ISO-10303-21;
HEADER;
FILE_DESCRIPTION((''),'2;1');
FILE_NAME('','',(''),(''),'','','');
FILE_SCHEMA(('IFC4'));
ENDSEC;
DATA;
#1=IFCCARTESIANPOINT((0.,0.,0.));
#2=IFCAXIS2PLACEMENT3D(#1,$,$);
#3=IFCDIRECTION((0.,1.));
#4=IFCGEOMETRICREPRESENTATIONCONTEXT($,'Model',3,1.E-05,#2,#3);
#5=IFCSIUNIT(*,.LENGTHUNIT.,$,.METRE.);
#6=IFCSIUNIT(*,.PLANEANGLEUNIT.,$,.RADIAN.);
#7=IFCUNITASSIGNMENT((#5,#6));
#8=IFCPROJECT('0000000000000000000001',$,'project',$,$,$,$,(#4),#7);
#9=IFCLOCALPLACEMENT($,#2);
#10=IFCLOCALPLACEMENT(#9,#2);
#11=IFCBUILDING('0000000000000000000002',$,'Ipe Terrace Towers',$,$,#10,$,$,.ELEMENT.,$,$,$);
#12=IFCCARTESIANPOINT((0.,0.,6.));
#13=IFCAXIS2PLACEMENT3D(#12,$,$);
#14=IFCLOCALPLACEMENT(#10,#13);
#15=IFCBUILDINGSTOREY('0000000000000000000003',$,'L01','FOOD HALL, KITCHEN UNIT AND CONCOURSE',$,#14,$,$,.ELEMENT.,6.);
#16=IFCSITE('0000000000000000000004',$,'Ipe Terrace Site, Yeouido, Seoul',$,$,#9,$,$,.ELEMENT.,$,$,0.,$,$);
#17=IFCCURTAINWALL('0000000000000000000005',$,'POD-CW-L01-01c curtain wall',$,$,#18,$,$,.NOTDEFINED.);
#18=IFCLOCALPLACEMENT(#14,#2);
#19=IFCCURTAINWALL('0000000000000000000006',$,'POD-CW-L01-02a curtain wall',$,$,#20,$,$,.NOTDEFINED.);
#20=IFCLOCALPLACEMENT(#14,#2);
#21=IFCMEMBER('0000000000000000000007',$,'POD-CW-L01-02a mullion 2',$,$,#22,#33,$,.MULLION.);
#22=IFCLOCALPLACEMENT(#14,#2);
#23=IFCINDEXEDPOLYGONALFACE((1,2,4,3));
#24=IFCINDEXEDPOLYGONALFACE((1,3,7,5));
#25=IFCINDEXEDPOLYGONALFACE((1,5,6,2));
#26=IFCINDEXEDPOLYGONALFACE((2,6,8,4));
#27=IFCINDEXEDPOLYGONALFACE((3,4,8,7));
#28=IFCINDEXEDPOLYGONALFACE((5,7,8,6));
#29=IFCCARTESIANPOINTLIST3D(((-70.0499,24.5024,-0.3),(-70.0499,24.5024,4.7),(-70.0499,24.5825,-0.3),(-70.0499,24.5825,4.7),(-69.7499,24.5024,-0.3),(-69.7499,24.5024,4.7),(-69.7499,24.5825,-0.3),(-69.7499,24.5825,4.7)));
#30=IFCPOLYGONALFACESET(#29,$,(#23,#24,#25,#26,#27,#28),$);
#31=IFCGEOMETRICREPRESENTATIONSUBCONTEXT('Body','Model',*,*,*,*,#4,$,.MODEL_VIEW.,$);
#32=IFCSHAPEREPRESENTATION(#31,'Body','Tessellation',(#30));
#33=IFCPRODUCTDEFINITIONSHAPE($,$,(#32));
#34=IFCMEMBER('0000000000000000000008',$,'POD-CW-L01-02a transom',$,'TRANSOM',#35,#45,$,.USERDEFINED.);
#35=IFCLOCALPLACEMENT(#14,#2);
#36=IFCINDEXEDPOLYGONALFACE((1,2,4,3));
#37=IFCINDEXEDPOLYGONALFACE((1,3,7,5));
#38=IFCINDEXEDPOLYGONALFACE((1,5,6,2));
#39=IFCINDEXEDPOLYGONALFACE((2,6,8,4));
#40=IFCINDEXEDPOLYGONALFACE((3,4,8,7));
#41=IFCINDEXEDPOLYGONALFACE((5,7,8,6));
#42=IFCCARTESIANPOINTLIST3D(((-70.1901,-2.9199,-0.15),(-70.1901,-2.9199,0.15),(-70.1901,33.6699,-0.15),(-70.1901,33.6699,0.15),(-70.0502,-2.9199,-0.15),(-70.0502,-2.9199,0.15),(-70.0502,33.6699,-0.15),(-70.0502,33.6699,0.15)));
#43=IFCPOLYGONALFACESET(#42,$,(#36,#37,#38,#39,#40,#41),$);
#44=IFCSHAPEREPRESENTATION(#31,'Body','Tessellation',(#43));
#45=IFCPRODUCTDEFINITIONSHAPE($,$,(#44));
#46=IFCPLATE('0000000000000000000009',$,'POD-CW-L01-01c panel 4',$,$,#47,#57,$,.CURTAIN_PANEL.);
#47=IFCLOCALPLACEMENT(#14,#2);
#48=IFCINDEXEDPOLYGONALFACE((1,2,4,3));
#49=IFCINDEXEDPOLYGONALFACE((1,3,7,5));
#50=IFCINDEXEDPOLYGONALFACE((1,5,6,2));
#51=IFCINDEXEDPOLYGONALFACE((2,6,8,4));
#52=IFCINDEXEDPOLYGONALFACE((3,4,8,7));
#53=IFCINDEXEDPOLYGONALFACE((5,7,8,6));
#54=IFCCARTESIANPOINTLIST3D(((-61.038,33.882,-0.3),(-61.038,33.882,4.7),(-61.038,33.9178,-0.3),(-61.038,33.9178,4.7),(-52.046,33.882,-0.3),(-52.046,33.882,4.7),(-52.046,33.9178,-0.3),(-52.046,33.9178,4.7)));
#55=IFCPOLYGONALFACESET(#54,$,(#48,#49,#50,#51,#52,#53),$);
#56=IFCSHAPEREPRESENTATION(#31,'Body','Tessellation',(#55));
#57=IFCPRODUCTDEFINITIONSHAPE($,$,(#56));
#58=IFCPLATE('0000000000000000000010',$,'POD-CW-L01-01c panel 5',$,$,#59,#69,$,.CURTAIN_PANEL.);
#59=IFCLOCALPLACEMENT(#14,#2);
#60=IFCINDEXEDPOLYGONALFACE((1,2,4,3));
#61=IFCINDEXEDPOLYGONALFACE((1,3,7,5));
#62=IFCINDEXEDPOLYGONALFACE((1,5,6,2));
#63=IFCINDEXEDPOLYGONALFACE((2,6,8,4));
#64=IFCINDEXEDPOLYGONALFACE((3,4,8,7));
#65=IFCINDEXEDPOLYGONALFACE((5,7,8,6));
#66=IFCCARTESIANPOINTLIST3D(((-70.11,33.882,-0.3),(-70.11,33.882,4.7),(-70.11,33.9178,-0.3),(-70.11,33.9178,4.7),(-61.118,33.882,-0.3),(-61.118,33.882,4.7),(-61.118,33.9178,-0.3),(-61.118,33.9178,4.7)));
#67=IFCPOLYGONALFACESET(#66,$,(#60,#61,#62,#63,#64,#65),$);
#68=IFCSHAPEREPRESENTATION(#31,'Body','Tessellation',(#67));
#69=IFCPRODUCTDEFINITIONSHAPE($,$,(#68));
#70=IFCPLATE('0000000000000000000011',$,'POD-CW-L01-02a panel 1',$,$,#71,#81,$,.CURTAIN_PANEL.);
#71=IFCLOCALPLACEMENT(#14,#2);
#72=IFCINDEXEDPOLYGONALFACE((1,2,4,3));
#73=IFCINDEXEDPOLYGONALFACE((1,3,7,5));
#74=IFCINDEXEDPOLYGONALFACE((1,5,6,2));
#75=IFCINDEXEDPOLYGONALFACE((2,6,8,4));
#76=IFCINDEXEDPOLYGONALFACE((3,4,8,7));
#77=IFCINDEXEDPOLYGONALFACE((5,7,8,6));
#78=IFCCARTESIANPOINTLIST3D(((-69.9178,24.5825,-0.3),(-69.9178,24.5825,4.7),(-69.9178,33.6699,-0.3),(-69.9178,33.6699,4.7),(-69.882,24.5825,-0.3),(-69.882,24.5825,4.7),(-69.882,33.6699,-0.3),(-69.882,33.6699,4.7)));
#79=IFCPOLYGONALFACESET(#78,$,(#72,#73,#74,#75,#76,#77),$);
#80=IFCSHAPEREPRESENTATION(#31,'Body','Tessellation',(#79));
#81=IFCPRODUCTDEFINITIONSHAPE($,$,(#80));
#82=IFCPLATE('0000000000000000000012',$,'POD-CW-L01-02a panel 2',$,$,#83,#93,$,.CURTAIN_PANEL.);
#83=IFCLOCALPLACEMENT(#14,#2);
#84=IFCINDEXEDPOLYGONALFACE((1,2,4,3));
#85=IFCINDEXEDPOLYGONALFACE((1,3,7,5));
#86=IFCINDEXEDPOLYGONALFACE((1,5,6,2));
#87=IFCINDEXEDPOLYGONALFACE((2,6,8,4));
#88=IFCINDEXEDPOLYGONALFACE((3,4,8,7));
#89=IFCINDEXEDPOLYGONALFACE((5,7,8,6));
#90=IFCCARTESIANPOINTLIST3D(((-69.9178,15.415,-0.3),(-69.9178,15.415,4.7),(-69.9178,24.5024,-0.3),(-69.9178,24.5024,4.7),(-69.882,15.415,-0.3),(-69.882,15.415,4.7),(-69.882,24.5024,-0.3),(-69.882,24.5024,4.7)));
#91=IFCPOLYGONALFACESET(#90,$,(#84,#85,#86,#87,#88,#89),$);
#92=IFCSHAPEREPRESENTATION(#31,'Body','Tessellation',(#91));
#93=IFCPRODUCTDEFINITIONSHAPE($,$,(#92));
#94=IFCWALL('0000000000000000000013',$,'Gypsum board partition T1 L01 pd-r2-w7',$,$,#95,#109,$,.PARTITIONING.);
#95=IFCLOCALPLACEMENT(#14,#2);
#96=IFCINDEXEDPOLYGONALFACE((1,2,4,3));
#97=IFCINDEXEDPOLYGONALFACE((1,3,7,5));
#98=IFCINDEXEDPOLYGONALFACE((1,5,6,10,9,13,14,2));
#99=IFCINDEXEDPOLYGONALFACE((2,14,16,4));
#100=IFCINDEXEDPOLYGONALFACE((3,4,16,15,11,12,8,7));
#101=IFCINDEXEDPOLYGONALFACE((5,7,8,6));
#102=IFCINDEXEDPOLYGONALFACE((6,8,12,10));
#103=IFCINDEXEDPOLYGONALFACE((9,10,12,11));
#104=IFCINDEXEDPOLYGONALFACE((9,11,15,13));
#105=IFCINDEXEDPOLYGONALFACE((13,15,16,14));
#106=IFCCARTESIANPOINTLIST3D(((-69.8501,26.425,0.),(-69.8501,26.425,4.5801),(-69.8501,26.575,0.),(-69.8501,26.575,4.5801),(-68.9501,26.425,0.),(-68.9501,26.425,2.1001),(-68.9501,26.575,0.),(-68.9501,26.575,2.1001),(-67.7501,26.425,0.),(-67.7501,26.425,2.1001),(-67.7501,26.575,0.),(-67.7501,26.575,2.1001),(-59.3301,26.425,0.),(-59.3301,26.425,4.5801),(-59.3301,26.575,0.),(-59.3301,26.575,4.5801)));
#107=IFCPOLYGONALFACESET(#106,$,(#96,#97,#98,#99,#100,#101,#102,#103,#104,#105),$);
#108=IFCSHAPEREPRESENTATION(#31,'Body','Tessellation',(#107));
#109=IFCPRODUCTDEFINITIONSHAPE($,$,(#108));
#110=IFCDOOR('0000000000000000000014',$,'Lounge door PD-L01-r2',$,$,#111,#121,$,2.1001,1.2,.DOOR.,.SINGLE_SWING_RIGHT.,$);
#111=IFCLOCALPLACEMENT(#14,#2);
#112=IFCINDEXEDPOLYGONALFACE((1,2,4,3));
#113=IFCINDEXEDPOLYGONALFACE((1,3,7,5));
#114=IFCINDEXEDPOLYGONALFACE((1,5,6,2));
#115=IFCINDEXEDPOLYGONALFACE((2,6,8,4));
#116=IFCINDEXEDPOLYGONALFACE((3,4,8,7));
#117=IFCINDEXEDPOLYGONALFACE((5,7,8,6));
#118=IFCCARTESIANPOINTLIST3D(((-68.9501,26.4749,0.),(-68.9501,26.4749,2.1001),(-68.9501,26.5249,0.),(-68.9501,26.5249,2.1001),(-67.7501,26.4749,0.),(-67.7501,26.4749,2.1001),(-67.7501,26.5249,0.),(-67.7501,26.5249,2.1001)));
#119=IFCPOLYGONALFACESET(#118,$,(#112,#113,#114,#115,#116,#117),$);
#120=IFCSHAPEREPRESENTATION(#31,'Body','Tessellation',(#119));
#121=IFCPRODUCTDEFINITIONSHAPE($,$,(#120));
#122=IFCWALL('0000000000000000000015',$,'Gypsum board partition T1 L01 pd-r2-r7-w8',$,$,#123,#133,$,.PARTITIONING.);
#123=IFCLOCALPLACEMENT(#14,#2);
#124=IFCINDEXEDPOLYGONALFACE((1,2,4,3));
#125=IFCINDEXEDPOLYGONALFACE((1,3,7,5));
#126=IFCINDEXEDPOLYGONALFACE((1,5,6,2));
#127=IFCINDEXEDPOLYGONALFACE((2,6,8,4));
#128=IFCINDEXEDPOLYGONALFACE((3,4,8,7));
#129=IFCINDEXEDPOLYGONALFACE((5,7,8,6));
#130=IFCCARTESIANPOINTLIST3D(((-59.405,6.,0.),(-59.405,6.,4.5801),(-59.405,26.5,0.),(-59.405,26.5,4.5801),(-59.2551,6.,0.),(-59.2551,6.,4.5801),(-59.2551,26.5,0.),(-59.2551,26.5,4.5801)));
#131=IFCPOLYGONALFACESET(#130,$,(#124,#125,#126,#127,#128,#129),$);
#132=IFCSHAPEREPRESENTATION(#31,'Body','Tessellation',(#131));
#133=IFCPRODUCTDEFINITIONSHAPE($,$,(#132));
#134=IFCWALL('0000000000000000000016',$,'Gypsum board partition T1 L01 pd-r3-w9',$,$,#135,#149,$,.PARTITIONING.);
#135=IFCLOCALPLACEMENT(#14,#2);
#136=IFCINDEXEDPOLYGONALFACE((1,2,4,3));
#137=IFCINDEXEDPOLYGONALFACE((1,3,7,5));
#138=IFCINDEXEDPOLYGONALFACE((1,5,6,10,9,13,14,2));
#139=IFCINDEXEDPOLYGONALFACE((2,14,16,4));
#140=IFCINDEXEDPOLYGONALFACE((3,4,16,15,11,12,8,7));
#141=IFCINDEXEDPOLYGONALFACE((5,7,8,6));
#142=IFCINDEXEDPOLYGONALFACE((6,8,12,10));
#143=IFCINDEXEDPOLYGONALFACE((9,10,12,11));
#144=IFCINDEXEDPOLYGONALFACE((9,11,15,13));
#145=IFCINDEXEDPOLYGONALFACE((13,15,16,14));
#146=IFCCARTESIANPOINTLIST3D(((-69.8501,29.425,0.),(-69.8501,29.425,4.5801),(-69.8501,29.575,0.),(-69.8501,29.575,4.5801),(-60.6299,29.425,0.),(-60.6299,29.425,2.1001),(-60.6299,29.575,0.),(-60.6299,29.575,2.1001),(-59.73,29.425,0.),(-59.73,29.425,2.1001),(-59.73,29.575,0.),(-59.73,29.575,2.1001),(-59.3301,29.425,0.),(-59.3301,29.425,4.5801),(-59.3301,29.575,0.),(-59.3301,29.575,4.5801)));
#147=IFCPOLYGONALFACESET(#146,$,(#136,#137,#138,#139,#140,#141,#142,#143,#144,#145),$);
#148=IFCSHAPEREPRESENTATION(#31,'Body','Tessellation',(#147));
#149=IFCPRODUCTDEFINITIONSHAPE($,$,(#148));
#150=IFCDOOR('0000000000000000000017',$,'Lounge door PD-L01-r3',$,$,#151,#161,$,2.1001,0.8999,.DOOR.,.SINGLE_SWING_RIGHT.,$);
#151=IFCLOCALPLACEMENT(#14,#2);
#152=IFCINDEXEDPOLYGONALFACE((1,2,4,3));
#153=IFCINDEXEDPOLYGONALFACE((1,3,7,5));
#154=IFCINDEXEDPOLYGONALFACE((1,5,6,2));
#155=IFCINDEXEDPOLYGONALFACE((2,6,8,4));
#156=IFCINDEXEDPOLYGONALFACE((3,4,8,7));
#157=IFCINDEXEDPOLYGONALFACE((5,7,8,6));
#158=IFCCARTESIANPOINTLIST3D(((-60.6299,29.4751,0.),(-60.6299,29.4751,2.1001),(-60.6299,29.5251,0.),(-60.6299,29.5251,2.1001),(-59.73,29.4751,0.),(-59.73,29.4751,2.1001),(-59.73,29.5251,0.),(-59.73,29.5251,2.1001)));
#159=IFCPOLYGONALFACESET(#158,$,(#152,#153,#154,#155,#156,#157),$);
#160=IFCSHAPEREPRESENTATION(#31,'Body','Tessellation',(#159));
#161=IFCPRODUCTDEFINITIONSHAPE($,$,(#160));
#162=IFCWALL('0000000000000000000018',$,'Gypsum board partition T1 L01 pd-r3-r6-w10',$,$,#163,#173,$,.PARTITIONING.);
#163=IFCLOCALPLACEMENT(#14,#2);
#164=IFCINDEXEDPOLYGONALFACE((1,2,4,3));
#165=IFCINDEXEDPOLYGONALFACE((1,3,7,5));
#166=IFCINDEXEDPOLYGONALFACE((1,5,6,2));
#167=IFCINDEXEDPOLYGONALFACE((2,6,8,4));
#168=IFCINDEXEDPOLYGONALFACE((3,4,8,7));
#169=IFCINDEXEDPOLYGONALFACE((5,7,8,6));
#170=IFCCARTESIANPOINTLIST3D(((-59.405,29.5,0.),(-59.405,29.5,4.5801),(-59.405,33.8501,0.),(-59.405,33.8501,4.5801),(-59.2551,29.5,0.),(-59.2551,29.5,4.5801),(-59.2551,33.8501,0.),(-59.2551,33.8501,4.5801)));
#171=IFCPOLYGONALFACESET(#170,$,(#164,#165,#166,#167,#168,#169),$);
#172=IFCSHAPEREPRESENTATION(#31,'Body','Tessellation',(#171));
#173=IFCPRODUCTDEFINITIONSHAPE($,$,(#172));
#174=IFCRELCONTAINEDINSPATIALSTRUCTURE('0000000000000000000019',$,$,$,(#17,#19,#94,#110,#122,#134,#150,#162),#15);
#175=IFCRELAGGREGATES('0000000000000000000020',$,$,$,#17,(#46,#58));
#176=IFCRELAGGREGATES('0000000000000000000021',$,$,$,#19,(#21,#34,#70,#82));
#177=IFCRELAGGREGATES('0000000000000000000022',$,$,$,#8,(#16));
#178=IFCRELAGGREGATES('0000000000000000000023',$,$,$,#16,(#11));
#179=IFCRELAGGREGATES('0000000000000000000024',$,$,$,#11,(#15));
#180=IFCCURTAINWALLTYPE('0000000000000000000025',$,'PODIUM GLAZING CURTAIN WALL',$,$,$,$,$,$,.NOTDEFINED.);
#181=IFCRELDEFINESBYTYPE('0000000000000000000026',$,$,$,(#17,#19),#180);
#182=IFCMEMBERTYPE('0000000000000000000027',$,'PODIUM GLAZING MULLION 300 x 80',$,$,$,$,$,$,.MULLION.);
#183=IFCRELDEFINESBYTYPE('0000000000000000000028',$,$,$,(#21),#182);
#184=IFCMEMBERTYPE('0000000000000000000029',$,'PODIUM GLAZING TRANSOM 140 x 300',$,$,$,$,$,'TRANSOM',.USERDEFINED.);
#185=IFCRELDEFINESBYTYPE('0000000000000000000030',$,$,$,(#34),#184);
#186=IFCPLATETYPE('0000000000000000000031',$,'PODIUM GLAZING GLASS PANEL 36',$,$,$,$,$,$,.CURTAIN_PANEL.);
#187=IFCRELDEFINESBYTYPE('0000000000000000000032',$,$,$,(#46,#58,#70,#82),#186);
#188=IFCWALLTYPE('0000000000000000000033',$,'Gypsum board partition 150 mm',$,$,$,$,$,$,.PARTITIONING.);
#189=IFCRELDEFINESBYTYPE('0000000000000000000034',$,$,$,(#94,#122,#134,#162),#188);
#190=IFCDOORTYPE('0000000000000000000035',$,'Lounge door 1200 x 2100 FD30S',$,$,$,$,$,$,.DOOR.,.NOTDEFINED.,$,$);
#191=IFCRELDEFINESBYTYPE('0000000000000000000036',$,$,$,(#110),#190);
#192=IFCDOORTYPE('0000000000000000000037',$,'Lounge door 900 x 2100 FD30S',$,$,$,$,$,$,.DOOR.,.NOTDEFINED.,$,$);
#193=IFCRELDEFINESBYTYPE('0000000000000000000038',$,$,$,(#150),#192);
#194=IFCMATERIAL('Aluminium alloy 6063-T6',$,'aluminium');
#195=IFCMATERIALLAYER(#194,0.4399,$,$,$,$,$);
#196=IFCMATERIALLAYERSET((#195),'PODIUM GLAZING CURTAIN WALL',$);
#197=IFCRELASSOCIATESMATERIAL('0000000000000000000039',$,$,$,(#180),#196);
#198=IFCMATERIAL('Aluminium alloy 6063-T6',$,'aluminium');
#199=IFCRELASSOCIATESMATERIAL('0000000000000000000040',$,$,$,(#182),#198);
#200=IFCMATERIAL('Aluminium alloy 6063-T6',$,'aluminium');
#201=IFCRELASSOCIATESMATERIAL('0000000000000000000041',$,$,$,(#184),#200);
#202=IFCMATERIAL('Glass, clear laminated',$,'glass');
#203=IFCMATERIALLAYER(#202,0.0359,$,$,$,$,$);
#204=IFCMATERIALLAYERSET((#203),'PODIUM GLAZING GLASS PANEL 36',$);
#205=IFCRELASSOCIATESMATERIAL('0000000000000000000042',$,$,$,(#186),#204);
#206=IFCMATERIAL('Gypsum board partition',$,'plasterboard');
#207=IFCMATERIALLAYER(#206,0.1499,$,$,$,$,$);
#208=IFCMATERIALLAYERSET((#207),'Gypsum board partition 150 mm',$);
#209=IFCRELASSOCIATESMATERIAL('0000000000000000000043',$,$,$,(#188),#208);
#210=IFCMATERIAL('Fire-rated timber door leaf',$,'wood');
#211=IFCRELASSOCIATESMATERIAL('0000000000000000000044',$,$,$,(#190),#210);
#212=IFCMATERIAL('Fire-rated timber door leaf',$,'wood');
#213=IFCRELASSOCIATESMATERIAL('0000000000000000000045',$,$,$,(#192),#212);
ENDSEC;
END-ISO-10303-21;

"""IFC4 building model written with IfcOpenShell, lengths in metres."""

from ifc_helpers import new_model, si_unit, direction, frame, frame_2d, origin, origin_2d, place, context, subcontext, project, spatial, rectangle, extrude, material, layer, layer_set, material_profile, profile_set, type_object, element, fill, aggregate, save


model = new_model("IFC4")

# Units and contexts
model_context = context("Model", 3, precision=1e-05, world=origin(), true_north=direction((0.0, 1.0)))
body_context = subcontext(model_context, "Body", "Model", "MODEL_VIEW")
ifc_project = project(units=[si_unit("LENGTHUNIT", "METRE"), si_unit("PLANEANGLEUNIT", "RADIAN")], contexts=[model_context])

# Site, building, storey
site_placement = place(None, origin())
site = spatial("IfcSite", under=ifc_project, at=site_placement, Name="Ipe Terrace Site, Yeouido, Seoul", CompositionType="ELEMENT", RefElevation=0.0)
building_placement = place(site_placement, origin())
building = spatial("IfcBuilding", under=site, at=building_placement, Name="Ipe Terrace Towers", CompositionType="ELEMENT")
storey_placement = place(building_placement, frame((0.0, 0.0, 6.0)))
storey = spatial("IfcBuildingStorey", under=building, at=storey_placement, Name="L01", Description="FOOD HALL, KITCHEN UNIT AND CONCOURSE", CompositionType="ELEMENT", Elevation=6.0)

# Curtain walls, members
ifc_material_1 = material(Name="Aluminium alloy 6063-T6", Category="aluminium")
ifc_layer_1 = layer(ifc_material_1, 0.4399)
ifc_layer_set_1 = layer_set([ifc_layer_1], Name="PODIUM GLAZING CURTAIN WALL")
curtain_wall_type = type_object("IfcCurtainWallType", Name="PODIUM GLAZING CURTAIN WALL", PredefinedType="NOTDEFINED", material=ifc_layer_set_1)
curtain_wall_1_placement = place(storey_placement, origin())
curtain_wall_1 = element("IfcCurtainWall", 1, at=curtain_wall_1_placement, inside=storey, type_object=curtain_wall_type, Name="POD-CW-L01-01c curtain wall", PredefinedType="NOTDEFINED")
ifc_material_2 = material(Name="Aluminium alloy 6063-T6", Category="aluminium")
ifc_material_profile_1 = material_profile(ifc_material_2, rectangle(XDim=0.3, YDim=0.0801, at=origin_2d()), Name="PODIUM GLAZING MULLION 300 x 80")
ifc_profile_set_1 = profile_set([ifc_material_profile_1], Name="Aluminium alloy 6063-T6")
member_type_1 = type_object("IfcMemberType", Name="PODIUM GLAZING MULLION 300 x 80", PredefinedType="MULLION", material=ifc_profile_set_1)
curtain_wall_2_placement = place(storey_placement, origin())
curtain_wall_2 = element("IfcCurtainWall", 2, at=curtain_wall_2_placement, inside=storey, type_object=curtain_wall_type, Name="POD-CW-L01-02a curtain wall", PredefinedType="NOTDEFINED")
member_1_placement = place(storey_placement, frame((-69.8999, 24.5425, -0.3), z_axis=(0.0, 0.0, 1.0), x_axis=(-1.0, 0.0, 0.0)))
member_1 = element("IfcMember", 3, at=member_1_placement, type_object=member_type_1, Name="POD-CW-L01-02a mullion 2", PredefinedType="MULLION", context=body_context, shape_type="SweptSolid", body=[
    extrude(rectangle(XDim=0.3, YDim=0.0801, at=origin_2d()), origin(), (0.0, 0.0, 1.0), 5.0),
])
ifc_material_3 = material(Name="Aluminium alloy 6063-T6", Category="aluminium")
ifc_material_profile_2 = material_profile(ifc_material_3, rectangle(XDim=0.1399, YDim=0.3, at=origin_2d()), Name="PODIUM GLAZING TRANSOM 140 x 300")
ifc_profile_set_2 = profile_set([ifc_material_profile_2], Name="Aluminium alloy 6063-T6")
member_type_2 = type_object("IfcMemberType", Name="PODIUM GLAZING TRANSOM 140 x 300", ElementType="TRANSOM", PredefinedType="USERDEFINED", material=ifc_profile_set_2)
member_2_placement = place(storey_placement, frame((-70.1201, 33.6699, 0.0), z_axis=(0.0, -1.0, 0.0), x_axis=(-1.0, 0.0, 0.0)))
member_2 = element("IfcMember", 4, at=member_2_placement, type_object=member_type_2, Name="POD-CW-L01-02a transom", ObjectType="TRANSOM", PredefinedType="USERDEFINED", context=body_context, shape_type="SweptSolid", body=[
    extrude(rectangle(XDim=0.1399, YDim=0.3, at=origin_2d()), origin(), (0.0, 0.0, 1.0), 36.5898),
])

# Plates
ifc_material_4 = material(Name="Glass, clear laminated", Category="glass")
ifc_layer_2 = layer(ifc_material_4, 0.0359)
ifc_layer_set_2 = layer_set([ifc_layer_2], Name="PODIUM GLAZING GLASS PANEL 36")
plate_type = type_object("IfcPlateType", Name="PODIUM GLAZING GLASS PANEL 36", PredefinedType="CURTAIN_PANEL", material=ifc_layer_set_2)
plate_1_placement = place(storey_placement, frame((-56.542, 33.8999, -0.3), z_axis=(0.0, 0.0, 1.0), x_axis=(-1.0, 0.0, 0.0)))
plate_1 = element("IfcPlate", 5, at=plate_1_placement, type_object=plate_type, Name="POD-CW-L01-01c panel 4", PredefinedType="CURTAIN_PANEL", context=body_context, shape_type="SweptSolid", body=[
    extrude(rectangle(XDim=8.9919, YDim=0.0359, at=origin_2d()), origin(), (0.0, 0.0, 1.0), 5.0),
])
plate_2_placement = place(storey_placement, frame((-65.614, 33.8999, -0.3), z_axis=(0.0, 0.0, 1.0), x_axis=(-1.0, 0.0, 0.0)))
plate_2 = element("IfcPlate", 6, at=plate_2_placement, type_object=plate_type, Name="POD-CW-L01-01c panel 5", PredefinedType="CURTAIN_PANEL", context=body_context, shape_type="SweptSolid", body=[
    extrude(rectangle(XDim=8.9919, YDim=0.0359, at=origin_2d()), origin(), (0.0, 0.0, 1.0), 5.0),
])
aggregate(curtain_wall_1, [plate_1, plate_2])
plate_3_placement = place(storey_placement, frame((-69.8999, 29.1262, -0.3), z_axis=(0.0, 0.0, 1.0), x_axis=(0.0, -1.0, 0.0)))
plate_3 = element("IfcPlate", 7, at=plate_3_placement, type_object=plate_type, Name="POD-CW-L01-02a panel 1", PredefinedType="CURTAIN_PANEL", context=body_context, shape_type="SweptSolid", body=[
    extrude(rectangle(XDim=9.0874, YDim=0.0359, at=origin_2d()), origin(), (0.0, 0.0, 1.0), 5.0),
])
plate_4_placement = place(storey_placement, frame((-69.8999, 19.9587, -0.3), z_axis=(0.0, 0.0, 1.0), x_axis=(0.0, -1.0, 0.0)))
plate_4 = element("IfcPlate", 8, at=plate_4_placement, type_object=plate_type, Name="POD-CW-L01-02a panel 2", PredefinedType="CURTAIN_PANEL", context=body_context, shape_type="SweptSolid", body=[
    extrude(rectangle(XDim=9.0874, YDim=0.0359, at=origin_2d()), origin(), (0.0, 0.0, 1.0), 5.0),
])
aggregate(curtain_wall_2, [member_1, member_2, plate_3, plate_4])

# Wall, opening, door
ifc_material_5 = material(Name="Gypsum board partition", Category="plasterboard")
ifc_layer_3 = layer(ifc_material_5, 0.1499)
ifc_layer_set_3 = layer_set([ifc_layer_3], Name="Gypsum board partition 150 mm")
wall_type_1 = type_object("IfcWallType", Name="Gypsum board partition 150 mm", PredefinedType="PARTITIONING", material=ifc_layer_set_3)
wall_1_placement = place(storey_placement, frame((-69.8501, 26.5, 0.0), z_axis=(0.0, 0.0, 1.0), x_axis=(1.0, 0.0, 0.0)))
wall_1 = element("IfcWall", 9, at=wall_1_placement, inside=storey, type_object=wall_type_1, Name="Gypsum board partition T1 L01 pd-r2-w7", PredefinedType="PARTITIONING", context=body_context, shape_type="SweptSolid", body=[
    extrude(rectangle(XDim=10.52, YDim=0.1499, at=frame_2d((5.26, 0.0))), origin(), (0.0, 0.0, 1.0), 4.5801),
])
opening_1_placement = place(wall_1_placement, frame((0.8999, 0.0, 0.0)))
opening_1 = element("IfcOpeningElement", 10, at=opening_1_placement, cuts=wall_1, PredefinedType="OPENING", context=body_context, shape_type="SweptSolid", body=[
    extrude(rectangle(XDim=1.2, YDim=2.1001, at=frame_2d((0.6001, 1.05))), frame((0.0, 0.085, 0.0), z_axis=(0.0, -1.0, 0.0), x_axis=(1.0, 0.0, 0.0)), (0.0, 0.0, 1.0), 0.1699),
])
ifc_material_6 = material(Name="Fire-rated timber door leaf", Category="wood")
door_type_1 = type_object("IfcDoorType", Name="Lounge door 1200 x 2100 FD30S", OperationType="NOTDEFINED", PredefinedType="DOOR", material=ifc_material_6)
door_1_placement = place(opening_1_placement, origin())
door_1 = element("IfcDoor", 11, at=door_1_placement, inside=storey, type_object=door_type_1, Name="Lounge door PD-L01-r2", OperationType="SINGLE_SWING_RIGHT", OverallHeight=2.1001, OverallWidth=1.2, PredefinedType="DOOR", context=body_context, shape_type="SweptSolid", body=[
    extrude(rectangle(XDim=1.2, YDim=2.1001, at=frame_2d((0.6001, 1.05))), frame((0.0, 0.0249, 0.0), z_axis=(0.0, -1.0, 0.0), x_axis=(1.0, 0.0, 0.0)), (0.0, 0.0, 1.0), 0.05),
])
fill(opening_1, door_1)

# Wall
wall_2_placement = place(storey_placement, frame((-59.3301, 26.5, 0.0), z_axis=(0.0, 0.0, 1.0), x_axis=(0.0, -1.0, 0.0)))
element("IfcWall", 12, at=wall_2_placement, inside=storey, type_object=wall_type_1, Name="Gypsum board partition T1 L01 pd-r2-r7-w8", PredefinedType="PARTITIONING", context=body_context, shape_type="SweptSolid", body=[
    extrude(rectangle(XDim=20.5, YDim=0.1499, at=frame_2d((10.25, 0.0))), origin(), (0.0, 0.0, 1.0), 4.5801),
])

# Wall, opening, door
wall_3_placement = place(storey_placement, frame((-59.3301, 29.5, 0.0), z_axis=(0.0, 0.0, 1.0), x_axis=(-1.0, 0.0, 0.0)))
wall_3 = element("IfcWall", 13, at=wall_3_placement, inside=storey, type_object=wall_type_1, Name="Gypsum board partition T1 L01 pd-r3-w9", PredefinedType="PARTITIONING", context=body_context, shape_type="SweptSolid", body=[
    extrude(rectangle(XDim=10.52, YDim=0.1499, at=frame_2d((5.26, 0.0))), origin(), (0.0, 0.0, 1.0), 4.5801),
])
opening_2_placement = place(wall_3_placement, frame((0.3999, 0.0, 0.0)))
opening_2 = element("IfcOpeningElement", 14, at=opening_2_placement, cuts=wall_3, PredefinedType="OPENING", context=body_context, shape_type="SweptSolid", body=[
    extrude(rectangle(XDim=0.8999, YDim=2.1001, at=frame_2d((0.45, 1.05))), frame((0.0, 0.085, 0.0), z_axis=(0.0, -1.0, 0.0), x_axis=(1.0, 0.0, 0.0)), (0.0, 0.0, 1.0), 0.1699),
])
ifc_material_7 = material(Name="Fire-rated timber door leaf", Category="wood")
door_type_2 = type_object("IfcDoorType", Name="Lounge door 900 x 2100 FD30S", OperationType="NOTDEFINED", PredefinedType="DOOR", material=ifc_material_7)
door_2_placement = place(opening_2_placement, origin())
door_2 = element("IfcDoor", 15, at=door_2_placement, inside=storey, type_object=door_type_2, Name="Lounge door PD-L01-r3", OperationType="SINGLE_SWING_RIGHT", OverallHeight=2.1001, OverallWidth=0.8999, PredefinedType="DOOR", context=body_context, shape_type="SweptSolid", body=[
    extrude(rectangle(XDim=0.8999, YDim=2.1001, at=frame_2d((0.45, 1.05))), frame((0.0, 0.0249, 0.0), z_axis=(0.0, -1.0, 0.0), x_axis=(1.0, 0.0, 0.0)), (0.0, 0.0, 1.0), 0.05),
])
fill(opening_2, door_2)

# Wall
wall_4_placement = place(storey_placement, frame((-59.3301, 33.8501, 0.0), z_axis=(0.0, 0.0, 1.0), x_axis=(0.0, -1.0, 0.0)))
element("IfcWall", 16, at=wall_4_placement, inside=storey, type_object=wall_type_1, Name="Gypsum board partition T1 L01 pd-r3-r6-w10", PredefinedType="PARTITIONING", context=body_context, shape_type="SweptSolid", body=[
    extrude(rectangle(XDim=4.3501, YDim=0.1499, at=frame_2d((2.175, 0.0))), origin(), (0.0, 0.0, 1.0), 4.5801),
])

save(model, "model.ifc")
